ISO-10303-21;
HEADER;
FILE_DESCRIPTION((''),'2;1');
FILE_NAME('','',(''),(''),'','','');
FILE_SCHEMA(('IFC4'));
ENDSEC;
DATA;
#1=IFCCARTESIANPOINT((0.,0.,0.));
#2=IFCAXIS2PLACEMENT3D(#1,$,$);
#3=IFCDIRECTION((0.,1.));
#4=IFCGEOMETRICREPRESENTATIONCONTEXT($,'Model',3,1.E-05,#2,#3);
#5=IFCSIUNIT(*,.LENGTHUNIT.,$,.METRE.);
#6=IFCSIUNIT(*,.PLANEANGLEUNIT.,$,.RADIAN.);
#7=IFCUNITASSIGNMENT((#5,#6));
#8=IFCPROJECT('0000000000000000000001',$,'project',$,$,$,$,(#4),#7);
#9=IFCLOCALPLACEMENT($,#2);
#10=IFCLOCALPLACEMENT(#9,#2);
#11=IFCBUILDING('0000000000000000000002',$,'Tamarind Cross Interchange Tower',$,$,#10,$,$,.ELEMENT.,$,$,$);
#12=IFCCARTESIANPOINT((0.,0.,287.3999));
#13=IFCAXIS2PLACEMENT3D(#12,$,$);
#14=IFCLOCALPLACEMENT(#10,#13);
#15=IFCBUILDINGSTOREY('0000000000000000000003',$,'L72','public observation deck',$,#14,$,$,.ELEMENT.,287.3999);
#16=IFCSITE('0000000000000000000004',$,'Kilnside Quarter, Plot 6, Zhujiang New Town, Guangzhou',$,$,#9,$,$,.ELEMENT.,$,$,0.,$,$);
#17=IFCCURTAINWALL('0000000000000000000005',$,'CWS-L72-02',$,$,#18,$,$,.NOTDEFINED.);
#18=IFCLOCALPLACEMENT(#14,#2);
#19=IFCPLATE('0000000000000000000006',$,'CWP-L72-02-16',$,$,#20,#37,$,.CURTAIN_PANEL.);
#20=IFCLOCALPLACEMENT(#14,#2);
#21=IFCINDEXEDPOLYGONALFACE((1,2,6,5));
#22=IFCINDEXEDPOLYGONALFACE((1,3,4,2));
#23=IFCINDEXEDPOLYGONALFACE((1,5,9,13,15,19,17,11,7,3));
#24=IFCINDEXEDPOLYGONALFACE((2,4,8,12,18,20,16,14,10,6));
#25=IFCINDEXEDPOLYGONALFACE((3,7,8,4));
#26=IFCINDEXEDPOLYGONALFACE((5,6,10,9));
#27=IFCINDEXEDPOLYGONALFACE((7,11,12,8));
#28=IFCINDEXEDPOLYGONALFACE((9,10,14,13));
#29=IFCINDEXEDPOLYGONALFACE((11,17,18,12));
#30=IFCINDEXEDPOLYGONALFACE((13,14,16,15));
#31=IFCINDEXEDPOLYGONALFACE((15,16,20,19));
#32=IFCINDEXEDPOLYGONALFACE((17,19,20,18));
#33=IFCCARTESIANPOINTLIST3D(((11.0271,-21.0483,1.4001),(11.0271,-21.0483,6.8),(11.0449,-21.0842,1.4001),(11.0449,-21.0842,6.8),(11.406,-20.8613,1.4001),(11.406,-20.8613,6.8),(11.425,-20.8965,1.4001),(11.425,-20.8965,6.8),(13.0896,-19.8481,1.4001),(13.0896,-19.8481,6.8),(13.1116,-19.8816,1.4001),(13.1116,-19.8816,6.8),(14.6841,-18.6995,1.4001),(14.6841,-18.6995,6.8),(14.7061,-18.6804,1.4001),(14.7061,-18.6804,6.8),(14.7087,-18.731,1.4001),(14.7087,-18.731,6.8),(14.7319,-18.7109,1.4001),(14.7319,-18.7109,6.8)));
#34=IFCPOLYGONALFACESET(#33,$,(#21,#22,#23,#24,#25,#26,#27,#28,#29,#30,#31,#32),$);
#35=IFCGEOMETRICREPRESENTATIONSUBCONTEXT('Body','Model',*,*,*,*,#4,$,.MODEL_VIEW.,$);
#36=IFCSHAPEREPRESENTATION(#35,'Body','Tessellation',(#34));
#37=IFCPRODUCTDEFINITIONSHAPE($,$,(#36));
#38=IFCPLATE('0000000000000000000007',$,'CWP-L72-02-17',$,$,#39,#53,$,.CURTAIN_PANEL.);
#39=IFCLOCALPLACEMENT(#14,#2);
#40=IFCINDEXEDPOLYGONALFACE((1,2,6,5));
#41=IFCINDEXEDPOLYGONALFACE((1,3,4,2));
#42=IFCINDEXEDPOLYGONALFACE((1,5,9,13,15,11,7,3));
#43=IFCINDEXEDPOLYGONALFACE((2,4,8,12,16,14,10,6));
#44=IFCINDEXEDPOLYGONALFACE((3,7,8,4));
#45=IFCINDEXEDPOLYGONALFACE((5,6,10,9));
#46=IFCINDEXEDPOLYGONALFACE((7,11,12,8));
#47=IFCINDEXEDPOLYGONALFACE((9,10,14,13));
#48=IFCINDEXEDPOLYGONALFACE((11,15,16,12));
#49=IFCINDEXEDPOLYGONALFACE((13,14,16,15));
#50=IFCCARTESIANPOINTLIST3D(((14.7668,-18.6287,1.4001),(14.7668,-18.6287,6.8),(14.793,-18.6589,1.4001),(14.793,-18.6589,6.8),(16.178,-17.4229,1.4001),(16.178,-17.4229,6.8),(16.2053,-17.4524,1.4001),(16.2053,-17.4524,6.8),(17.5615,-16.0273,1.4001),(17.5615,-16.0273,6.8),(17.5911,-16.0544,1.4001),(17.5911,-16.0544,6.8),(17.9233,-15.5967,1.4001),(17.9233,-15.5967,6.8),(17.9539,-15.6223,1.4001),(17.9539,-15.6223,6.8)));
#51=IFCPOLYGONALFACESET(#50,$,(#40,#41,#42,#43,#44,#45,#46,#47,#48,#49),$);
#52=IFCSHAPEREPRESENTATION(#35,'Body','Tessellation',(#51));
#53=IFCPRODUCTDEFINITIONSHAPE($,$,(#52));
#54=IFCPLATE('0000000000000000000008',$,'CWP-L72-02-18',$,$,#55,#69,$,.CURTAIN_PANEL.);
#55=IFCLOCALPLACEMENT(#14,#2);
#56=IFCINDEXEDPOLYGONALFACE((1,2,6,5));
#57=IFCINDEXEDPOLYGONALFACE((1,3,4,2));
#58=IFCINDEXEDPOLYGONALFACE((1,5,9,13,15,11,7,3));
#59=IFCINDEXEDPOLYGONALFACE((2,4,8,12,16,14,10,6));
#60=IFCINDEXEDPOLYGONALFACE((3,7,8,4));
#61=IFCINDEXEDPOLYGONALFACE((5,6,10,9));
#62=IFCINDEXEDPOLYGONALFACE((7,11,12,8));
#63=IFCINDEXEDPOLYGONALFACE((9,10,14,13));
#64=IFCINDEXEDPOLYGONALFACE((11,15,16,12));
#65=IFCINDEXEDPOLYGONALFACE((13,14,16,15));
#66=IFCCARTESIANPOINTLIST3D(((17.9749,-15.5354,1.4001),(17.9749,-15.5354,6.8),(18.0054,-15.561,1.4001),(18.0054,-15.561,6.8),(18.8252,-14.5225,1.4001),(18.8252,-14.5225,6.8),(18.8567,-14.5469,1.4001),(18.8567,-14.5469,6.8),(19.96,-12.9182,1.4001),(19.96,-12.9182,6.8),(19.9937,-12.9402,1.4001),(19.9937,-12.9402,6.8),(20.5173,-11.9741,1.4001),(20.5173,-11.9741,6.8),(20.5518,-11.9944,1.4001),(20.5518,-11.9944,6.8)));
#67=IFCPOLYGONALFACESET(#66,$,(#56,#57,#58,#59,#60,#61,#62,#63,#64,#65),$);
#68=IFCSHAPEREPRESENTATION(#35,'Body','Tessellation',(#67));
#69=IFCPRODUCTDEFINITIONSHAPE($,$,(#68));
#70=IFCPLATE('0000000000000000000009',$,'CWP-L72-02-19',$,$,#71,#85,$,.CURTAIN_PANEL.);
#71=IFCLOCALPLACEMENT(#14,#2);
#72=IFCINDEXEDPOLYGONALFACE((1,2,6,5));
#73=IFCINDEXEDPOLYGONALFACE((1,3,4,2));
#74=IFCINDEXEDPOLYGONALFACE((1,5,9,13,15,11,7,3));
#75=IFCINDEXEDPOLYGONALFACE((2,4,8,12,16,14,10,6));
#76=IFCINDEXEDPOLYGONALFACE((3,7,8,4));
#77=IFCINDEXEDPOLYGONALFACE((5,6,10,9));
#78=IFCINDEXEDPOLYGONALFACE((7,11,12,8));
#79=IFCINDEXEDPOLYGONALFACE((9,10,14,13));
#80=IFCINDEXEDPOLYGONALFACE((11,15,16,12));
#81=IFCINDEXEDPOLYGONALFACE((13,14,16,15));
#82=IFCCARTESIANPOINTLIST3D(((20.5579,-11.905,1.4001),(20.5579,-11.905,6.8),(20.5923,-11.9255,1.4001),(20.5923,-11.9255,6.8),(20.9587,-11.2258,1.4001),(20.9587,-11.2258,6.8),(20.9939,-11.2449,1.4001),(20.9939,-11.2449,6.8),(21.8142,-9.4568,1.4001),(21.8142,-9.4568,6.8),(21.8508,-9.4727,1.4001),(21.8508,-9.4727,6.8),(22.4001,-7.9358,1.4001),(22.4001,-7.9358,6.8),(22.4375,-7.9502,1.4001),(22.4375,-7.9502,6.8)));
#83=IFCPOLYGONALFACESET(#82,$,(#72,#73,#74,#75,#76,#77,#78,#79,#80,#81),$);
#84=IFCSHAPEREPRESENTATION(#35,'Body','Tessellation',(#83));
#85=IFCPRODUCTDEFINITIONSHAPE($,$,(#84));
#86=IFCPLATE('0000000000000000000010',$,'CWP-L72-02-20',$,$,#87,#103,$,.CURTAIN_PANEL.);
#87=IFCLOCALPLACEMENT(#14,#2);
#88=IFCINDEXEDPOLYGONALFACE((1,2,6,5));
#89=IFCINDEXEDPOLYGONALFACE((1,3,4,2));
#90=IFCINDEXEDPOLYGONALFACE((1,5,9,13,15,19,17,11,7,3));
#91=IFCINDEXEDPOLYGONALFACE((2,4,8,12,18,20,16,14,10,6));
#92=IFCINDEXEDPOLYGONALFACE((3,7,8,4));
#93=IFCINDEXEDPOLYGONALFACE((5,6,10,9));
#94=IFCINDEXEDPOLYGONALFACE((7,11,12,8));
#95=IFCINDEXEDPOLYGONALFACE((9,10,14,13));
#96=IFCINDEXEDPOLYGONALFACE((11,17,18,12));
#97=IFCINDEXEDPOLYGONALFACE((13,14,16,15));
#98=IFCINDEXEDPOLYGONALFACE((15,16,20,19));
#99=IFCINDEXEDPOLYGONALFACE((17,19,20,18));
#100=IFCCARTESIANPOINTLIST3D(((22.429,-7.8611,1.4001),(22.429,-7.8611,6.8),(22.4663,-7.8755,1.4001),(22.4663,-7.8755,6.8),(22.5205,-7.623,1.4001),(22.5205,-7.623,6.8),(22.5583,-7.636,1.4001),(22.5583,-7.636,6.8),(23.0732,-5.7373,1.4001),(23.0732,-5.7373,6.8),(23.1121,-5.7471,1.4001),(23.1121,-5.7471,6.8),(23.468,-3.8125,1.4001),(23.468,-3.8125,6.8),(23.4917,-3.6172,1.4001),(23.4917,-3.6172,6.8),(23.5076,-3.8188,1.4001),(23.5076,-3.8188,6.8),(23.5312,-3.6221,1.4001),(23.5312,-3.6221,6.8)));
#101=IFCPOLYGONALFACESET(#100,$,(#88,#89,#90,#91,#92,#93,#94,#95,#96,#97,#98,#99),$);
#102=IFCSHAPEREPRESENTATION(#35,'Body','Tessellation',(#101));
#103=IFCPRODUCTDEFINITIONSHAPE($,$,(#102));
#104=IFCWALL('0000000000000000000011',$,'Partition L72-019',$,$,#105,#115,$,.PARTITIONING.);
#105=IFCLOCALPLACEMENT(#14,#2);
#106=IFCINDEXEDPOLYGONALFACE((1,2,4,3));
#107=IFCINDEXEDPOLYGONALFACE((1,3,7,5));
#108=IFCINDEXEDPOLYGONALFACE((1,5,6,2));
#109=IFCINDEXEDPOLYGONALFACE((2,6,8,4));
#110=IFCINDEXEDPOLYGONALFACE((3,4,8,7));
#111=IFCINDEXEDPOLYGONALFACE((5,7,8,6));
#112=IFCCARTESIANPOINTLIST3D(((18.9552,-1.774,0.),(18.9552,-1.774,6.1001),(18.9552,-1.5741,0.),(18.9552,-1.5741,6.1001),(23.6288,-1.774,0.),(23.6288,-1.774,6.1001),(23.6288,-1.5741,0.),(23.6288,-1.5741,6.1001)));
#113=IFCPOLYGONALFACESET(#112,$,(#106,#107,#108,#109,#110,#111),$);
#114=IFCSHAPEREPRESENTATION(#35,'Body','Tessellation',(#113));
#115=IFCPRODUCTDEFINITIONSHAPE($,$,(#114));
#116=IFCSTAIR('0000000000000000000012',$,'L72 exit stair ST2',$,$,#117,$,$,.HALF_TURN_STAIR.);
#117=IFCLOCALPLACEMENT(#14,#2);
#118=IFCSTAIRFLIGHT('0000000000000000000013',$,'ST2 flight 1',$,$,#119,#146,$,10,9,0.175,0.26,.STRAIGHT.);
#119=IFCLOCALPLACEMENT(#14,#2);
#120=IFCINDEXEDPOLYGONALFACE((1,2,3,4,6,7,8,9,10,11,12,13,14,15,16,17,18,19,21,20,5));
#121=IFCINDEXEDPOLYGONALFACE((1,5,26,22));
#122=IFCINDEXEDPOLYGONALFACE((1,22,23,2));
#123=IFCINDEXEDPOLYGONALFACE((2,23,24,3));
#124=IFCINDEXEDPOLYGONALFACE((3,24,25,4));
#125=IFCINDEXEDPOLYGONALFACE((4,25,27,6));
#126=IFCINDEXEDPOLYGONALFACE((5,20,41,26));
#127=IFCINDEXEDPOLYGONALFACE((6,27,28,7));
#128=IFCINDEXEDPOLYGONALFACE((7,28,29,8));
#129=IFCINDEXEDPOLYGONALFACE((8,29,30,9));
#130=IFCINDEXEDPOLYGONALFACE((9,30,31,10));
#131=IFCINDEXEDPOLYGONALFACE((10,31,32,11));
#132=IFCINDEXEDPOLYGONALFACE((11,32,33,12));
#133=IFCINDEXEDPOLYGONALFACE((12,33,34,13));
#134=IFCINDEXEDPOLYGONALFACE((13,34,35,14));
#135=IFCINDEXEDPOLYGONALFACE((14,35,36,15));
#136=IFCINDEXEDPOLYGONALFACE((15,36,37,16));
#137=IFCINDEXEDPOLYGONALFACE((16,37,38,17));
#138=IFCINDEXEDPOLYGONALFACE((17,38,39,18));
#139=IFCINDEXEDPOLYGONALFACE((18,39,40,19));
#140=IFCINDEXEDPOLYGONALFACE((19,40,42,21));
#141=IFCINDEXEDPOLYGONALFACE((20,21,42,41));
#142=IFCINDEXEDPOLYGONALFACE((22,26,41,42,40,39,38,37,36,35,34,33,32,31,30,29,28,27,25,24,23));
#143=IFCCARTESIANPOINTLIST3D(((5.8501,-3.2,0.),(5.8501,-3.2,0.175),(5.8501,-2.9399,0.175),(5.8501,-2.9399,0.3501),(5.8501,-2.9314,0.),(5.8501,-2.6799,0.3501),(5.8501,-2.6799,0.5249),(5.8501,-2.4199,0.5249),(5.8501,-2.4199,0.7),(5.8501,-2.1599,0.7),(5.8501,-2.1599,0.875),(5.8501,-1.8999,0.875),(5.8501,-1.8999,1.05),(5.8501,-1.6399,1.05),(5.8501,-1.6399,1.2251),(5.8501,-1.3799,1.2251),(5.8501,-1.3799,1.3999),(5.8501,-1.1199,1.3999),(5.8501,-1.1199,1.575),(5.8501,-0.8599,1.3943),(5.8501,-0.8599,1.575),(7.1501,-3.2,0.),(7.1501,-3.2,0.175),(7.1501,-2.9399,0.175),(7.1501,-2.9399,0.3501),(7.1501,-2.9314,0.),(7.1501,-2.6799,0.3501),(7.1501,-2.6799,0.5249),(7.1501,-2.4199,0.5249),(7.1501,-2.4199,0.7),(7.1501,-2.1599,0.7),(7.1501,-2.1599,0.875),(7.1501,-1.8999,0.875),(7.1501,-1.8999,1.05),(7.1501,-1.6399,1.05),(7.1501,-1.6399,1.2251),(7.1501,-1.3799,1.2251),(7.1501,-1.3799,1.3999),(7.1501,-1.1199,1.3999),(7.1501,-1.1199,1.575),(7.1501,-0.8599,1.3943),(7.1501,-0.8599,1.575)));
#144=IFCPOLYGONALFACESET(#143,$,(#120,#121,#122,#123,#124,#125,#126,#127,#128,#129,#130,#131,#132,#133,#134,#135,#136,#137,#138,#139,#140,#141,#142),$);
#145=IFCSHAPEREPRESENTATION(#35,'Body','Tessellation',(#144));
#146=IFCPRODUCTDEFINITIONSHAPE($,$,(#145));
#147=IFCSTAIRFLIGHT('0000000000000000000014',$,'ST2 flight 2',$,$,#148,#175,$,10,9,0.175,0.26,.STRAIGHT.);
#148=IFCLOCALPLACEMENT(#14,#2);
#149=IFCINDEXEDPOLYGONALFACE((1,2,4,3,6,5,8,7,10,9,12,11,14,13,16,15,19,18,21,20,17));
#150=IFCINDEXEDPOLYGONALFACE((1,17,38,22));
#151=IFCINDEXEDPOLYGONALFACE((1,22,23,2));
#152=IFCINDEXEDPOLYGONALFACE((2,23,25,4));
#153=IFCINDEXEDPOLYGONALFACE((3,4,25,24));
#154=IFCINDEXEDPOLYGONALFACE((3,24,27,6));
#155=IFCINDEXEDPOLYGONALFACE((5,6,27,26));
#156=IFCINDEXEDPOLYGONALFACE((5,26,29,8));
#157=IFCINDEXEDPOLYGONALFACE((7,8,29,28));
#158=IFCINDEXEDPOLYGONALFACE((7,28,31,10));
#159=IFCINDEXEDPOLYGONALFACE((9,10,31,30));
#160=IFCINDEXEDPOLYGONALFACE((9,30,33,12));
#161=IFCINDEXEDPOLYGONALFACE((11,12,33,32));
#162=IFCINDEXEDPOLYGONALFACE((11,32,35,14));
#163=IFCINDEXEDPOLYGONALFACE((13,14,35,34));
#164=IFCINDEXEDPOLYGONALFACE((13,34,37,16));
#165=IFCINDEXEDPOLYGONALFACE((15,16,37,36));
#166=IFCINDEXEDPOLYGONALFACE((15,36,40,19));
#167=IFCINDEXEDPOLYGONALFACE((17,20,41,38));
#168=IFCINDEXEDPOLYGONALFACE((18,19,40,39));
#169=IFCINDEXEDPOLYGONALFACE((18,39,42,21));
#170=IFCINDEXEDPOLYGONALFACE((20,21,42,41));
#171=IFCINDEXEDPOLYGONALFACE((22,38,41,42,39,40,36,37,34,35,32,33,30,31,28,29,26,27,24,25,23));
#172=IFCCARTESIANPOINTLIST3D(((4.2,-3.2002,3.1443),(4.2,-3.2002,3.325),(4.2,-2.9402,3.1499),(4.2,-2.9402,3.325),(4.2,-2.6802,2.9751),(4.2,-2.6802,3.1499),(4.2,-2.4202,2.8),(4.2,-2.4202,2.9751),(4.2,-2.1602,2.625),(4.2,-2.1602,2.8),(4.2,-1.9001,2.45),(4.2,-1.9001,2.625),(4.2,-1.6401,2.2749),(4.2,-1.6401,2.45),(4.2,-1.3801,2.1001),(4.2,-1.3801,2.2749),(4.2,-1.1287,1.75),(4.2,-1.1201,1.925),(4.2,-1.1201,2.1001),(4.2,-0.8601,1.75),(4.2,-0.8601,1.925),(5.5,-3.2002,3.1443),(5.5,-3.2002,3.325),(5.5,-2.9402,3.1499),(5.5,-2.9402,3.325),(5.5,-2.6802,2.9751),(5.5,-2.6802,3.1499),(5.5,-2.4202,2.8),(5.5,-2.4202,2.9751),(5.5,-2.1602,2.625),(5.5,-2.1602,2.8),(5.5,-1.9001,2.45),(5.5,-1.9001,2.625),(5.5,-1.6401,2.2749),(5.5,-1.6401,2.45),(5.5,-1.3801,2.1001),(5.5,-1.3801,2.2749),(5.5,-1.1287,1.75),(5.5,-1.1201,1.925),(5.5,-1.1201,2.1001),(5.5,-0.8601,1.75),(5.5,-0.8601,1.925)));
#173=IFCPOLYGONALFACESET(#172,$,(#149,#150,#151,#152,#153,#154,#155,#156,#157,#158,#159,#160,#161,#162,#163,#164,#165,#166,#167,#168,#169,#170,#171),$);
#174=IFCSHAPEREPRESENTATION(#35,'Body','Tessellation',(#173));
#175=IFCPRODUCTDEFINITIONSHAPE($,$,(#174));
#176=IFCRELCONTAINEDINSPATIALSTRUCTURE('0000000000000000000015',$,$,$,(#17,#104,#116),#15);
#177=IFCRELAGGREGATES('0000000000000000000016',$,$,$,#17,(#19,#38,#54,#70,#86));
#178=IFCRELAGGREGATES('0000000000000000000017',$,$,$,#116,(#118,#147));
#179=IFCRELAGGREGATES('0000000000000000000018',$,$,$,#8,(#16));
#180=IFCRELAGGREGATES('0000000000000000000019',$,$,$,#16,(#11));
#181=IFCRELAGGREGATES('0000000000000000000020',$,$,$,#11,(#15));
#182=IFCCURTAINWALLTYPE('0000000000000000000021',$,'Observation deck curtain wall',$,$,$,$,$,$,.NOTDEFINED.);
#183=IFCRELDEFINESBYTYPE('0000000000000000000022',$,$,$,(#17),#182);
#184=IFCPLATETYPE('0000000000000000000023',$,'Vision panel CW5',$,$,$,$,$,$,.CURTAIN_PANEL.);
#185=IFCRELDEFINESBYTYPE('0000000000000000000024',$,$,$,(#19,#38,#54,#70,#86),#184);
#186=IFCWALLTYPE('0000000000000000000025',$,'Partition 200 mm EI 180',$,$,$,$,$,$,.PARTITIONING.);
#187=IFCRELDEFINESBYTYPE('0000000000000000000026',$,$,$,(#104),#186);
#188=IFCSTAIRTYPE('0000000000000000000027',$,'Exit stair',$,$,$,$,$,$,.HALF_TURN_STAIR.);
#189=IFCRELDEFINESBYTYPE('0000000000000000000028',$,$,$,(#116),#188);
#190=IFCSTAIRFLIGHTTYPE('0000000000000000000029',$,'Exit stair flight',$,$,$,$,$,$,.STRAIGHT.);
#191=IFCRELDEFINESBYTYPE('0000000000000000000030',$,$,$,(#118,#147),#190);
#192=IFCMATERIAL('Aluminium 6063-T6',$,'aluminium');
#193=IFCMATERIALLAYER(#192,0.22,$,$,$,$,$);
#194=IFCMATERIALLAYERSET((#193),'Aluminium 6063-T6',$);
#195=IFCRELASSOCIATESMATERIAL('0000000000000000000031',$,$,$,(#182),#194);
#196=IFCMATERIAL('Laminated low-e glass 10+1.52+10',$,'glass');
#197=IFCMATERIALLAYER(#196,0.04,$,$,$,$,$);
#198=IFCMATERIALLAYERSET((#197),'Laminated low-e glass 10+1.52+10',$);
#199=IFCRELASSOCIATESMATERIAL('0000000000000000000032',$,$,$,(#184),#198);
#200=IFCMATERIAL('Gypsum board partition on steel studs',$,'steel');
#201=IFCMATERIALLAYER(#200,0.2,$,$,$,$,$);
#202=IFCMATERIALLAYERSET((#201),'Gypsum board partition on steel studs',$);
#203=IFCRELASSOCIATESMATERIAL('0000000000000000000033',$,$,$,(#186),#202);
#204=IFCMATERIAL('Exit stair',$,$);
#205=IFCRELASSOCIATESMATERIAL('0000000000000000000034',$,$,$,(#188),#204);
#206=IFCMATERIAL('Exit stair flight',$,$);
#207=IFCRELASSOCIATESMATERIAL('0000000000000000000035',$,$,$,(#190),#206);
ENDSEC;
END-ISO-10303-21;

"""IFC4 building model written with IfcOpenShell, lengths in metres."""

from ifc_helpers import new_model, si_unit, direction, frame, frame_2d, origin, place, context, subcontext, project, spatial, polyline, rectangle, outline, extrude, material, layer, layer_set, type_object, element, aggregate, save


model = new_model("IFC4")

# Units and contexts
model_context = context("Model", 3, precision=1e-05, world=origin(), true_north=direction((0.0, 1.0)))
body_context = subcontext(model_context, "Body", "Model", "MODEL_VIEW")
ifc_project = project(units=[si_unit("LENGTHUNIT", "METRE"), si_unit("PLANEANGLEUNIT", "RADIAN")], contexts=[model_context])

# Site, building, storey
site_placement = place(None, origin())
site = spatial("IfcSite", under=ifc_project, at=site_placement, Name="Kilnside Quarter, Plot 6, Zhujiang New Town, Guangzhou", CompositionType="ELEMENT", RefElevation=0.0)
building_placement = place(site_placement, origin())
building = spatial("IfcBuilding", under=site, at=building_placement, Name="Tamarind Cross Interchange Tower", CompositionType="ELEMENT")
storey_placement = place(building_placement, frame((0.0, 0.0, 287.3999)))
storey = spatial("IfcBuildingStorey", under=building, at=storey_placement, Name="L72", Description="public observation deck", CompositionType="ELEMENT", Elevation=287.3999)

# Curtain wall, plates
ifc_material_1 = material(Name="Aluminium 6063-T6", Category="aluminium")
ifc_layer_1 = layer(ifc_material_1, 0.22)
ifc_layer_set_1 = layer_set([ifc_layer_1], Name="Aluminium 6063-T6")
curtain_wall_type = type_object("IfcCurtainWallType", Name="Observation deck curtain wall", PredefinedType="NOTDEFINED", material=ifc_layer_set_1)
curtain_wall_placement = place(storey_placement, origin())
curtain_wall = element("IfcCurtainWall", 1, at=curtain_wall_placement, inside=storey, type_object=curtain_wall_type, Name="CWS-L72-02", PredefinedType="NOTDEFINED")
ifc_material_2 = material(Name="Laminated low-e glass 10+1.52+10", Category="glass")
ifc_layer_2 = layer(ifc_material_2, 0.04)
ifc_layer_set_2 = layer_set([ifc_layer_2], Name="Laminated low-e glass 10+1.52+10")
plate_type = type_object("IfcPlateType", Name="Vision panel CW5", PredefinedType="CURTAIN_PANEL", material=ifc_layer_set_2)
plate_1_placement = place(storey_placement, frame((0.0, 0.0, 1.4001)))
plate_1 = element("IfcPlate", 2, at=plate_1_placement, type_object=plate_type, Name="CWP-L72-02-16", PredefinedType="CURTAIN_PANEL", context=body_context, shape_type="SweptSolid", body=[
    extrude(outline(polyline([(11.0271, -21.0483), (11.406, -20.8613), (13.0896, -19.8481), (14.6841, -18.6995), (14.7061, -18.6804), (14.7319, -18.7109), (14.7087, -18.731), (13.1116, -19.8816), (11.425, -20.8965), (11.0449, -21.0842), (11.0271, -21.0483)])), origin(), (0.0, 0.0, 1.0), 5.3999),
])
plate_2_placement = place(storey_placement, frame((0.0, 0.0, 1.4001)))
plate_2 = element("IfcPlate", 3, at=plate_2_placement, type_object=plate_type, Name="CWP-L72-02-17", PredefinedType="CURTAIN_PANEL", context=body_context, shape_type="SweptSolid", body=[
    extrude(outline(polyline([(14.7668, -18.6287), (16.178, -17.4229), (17.5615, -16.0273), (17.9233, -15.5967), (17.9539, -15.6223), (17.5911, -16.0544), (16.2053, -17.4524), (14.793, -18.6589), (14.7668, -18.6287)])), origin(), (0.0, 0.0, 1.0), 5.3999),
])
plate_3_placement = place(storey_placement, frame((0.0, 0.0, 1.4001)))
plate_3 = element("IfcPlate", 4, at=plate_3_placement, type_object=plate_type, Name="CWP-L72-02-18", PredefinedType="CURTAIN_PANEL", context=body_context, shape_type="SweptSolid", body=[
    extrude(outline(polyline([(17.9749, -15.5354), (18.8252, -14.5225), (19.96, -12.9182), (20.5173, -11.9741), (20.5518, -11.9944), (19.9937, -12.9402), (18.8567, -14.5469), (18.0054, -15.561), (17.9749, -15.5354)])), origin(), (0.0, 0.0, 1.0), 5.3999),
])
plate_4_placement = place(storey_placement, frame((0.0, 0.0, 1.4001)))
plate_4 = element("IfcPlate", 5, at=plate_4_placement, type_object=plate_type, Name="CWP-L72-02-19", PredefinedType="CURTAIN_PANEL", context=body_context, shape_type="SweptSolid", body=[
    extrude(outline(polyline([(20.5579, -11.905), (20.9587, -11.2258), (21.8142, -9.4568), (22.4001, -7.9358), (22.4375, -7.9502), (21.8508, -9.4727), (20.9939, -11.2449), (20.5923, -11.9255), (20.5579, -11.905)])), origin(), (0.0, 0.0, 1.0), 5.3999),
])
plate_5_placement = place(storey_placement, frame((0.0, 0.0, 1.4001)))
plate_5 = element("IfcPlate", 6, at=plate_5_placement, type_object=plate_type, Name="CWP-L72-02-20", PredefinedType="CURTAIN_PANEL", context=body_context, shape_type="SweptSolid", body=[
    extrude(outline(polyline([(22.429, -7.8611), (22.5205, -7.623), (23.0732, -5.7373), (23.468, -3.8125), (23.4917, -3.6172), (23.5312, -3.6221), (23.5076, -3.8188), (23.1121, -5.7471), (22.5583, -7.636), (22.4663, -7.8755), (22.429, -7.8611)])), origin(), (0.0, 0.0, 1.0), 5.3999),
])
aggregate(curtain_wall, [plate_1, plate_2, plate_3, plate_4, plate_5])

# Wall
ifc_material_3 = material(Name="Gypsum board partition on steel studs", Category="steel")
ifc_layer_3 = layer(ifc_material_3, 0.2)
ifc_layer_set_3 = layer_set([ifc_layer_3], Name="Gypsum board partition on steel studs")
wall_type = type_object("IfcWallType", Name="Partition 200 mm EI 180", PredefinedType="PARTITIONING", material=ifc_layer_set_3)
wall_placement = place(storey_placement, frame((18.9551, -1.6741, 0.0), z_axis=(0.0, 0.0, 1.0), x_axis=(1.0, 0.0, 0.0)))
element("IfcWall", 7, at=wall_placement, inside=storey, type_object=wall_type, Name="Partition L72-019", PredefinedType="PARTITIONING", context=body_context, shape_type="SweptSolid", body=[
    extrude(rectangle(XDim=4.6736, YDim=0.2, at=frame_2d((2.3369, 0.0))), origin(), (0.0, 0.0, 1.0), 6.1001),
])

# Stair, stair flights
ifc_material_4 = material(Name="Exit stair")
stair_type = type_object("IfcStairType", Name="Exit stair", PredefinedType="HALF_TURN_STAIR", material=ifc_material_4)
stair_placement = place(storey_placement, origin())
stair = element("IfcStair", 8, at=stair_placement, inside=storey, type_object=stair_type, Name="L72 exit stair ST2", PredefinedType="HALF_TURN_STAIR")
ifc_material_5 = material(Name="Exit stair flight")
stair_flight_type = type_object("IfcStairFlightType", Name="Exit stair flight", PredefinedType="STRAIGHT", material=ifc_material_5)
stair_flight_1_placement = place(storey_placement, frame((6.5, -3.2, 0.0), z_axis=(0.0, 0.0, 1.0), x_axis=(0.0, 1.0, 0.0)))
stair_flight_1 = element("IfcStairFlight", 9, at=stair_flight_1_placement, type_object=stair_flight_type, Name="ST2 flight 1", NumberOfRisers=10, NumberOfTreads=9, PredefinedType="STRAIGHT", RiserHeight=0.175, TreadLength=0.26, context=body_context, shape_type="SweptSolid", body=[
    extrude(outline(polyline([(0.0, 0.0), (0.0, 0.175), (0.26, 0.175), (0.26, 0.3501), (0.52, 0.3501), (0.52, 0.5249), (0.78, 0.5249), (0.78, 0.7), (1.04, 0.7), (1.04, 0.875), (1.3, 0.875), (1.3, 1.05), (1.5601, 1.05), (1.5601, 1.2251), (1.8201, 1.2251), (1.8201, 1.3999), (2.0801, 1.3999), (2.0801, 1.575), (2.3401, 1.575), (2.3401, 1.75), (2.3401, 1.3943), (0.2686, 0.0), (0.0, 0.0)])), frame((0.0, 0.6499, 0.0), z_axis=(0.0, -1.0, 0.0), x_axis=(1.0, 0.0, 0.0)), (0.0, 0.0, 1.0), 1.3),
])
stair_flight_2_placement = place(storey_placement, frame((4.8501, -0.8601, 1.75), z_axis=(0.0, 0.0, 1.0), x_axis=(0.0, -1.0, 0.0)))
stair_flight_2 = element("IfcStairFlight", 10, at=stair_flight_2_placement, type_object=stair_flight_type, Name="ST2 flight 2", NumberOfRisers=10, NumberOfTreads=9, PredefinedType="STRAIGHT", RiserHeight=0.175, TreadLength=0.26, context=body_context, shape_type="SweptSolid", body=[
    extrude(outline(polyline([(0.0, 0.0), (0.0, 0.175), (0.26, 0.175), (0.26, 0.3501), (0.52, 0.3501), (0.52, 0.5249), (0.78, 0.5249), (0.78, 0.7), (1.04, 0.7), (1.04, 0.875), (1.3, 0.875), (1.3, 1.05), (1.5601, 1.05), (1.5601, 1.2251), (1.8201, 1.2251), (1.8201, 1.3999), (2.0801, 1.3999), (2.0801, 1.575), (2.3401, 1.575), (2.3401, 1.75), (2.3401, 1.3943), (0.2686, 0.0), (0.0, 0.0)])), frame((0.0, 0.6499, 0.0), z_axis=(0.0, -1.0, 0.0), x_axis=(1.0, 0.0, 0.0)), (0.0, 0.0, 1.0), 1.3),
])
aggregate(stair, [stair_flight_1, stair_flight_2])

save(model, "model.ifc")
